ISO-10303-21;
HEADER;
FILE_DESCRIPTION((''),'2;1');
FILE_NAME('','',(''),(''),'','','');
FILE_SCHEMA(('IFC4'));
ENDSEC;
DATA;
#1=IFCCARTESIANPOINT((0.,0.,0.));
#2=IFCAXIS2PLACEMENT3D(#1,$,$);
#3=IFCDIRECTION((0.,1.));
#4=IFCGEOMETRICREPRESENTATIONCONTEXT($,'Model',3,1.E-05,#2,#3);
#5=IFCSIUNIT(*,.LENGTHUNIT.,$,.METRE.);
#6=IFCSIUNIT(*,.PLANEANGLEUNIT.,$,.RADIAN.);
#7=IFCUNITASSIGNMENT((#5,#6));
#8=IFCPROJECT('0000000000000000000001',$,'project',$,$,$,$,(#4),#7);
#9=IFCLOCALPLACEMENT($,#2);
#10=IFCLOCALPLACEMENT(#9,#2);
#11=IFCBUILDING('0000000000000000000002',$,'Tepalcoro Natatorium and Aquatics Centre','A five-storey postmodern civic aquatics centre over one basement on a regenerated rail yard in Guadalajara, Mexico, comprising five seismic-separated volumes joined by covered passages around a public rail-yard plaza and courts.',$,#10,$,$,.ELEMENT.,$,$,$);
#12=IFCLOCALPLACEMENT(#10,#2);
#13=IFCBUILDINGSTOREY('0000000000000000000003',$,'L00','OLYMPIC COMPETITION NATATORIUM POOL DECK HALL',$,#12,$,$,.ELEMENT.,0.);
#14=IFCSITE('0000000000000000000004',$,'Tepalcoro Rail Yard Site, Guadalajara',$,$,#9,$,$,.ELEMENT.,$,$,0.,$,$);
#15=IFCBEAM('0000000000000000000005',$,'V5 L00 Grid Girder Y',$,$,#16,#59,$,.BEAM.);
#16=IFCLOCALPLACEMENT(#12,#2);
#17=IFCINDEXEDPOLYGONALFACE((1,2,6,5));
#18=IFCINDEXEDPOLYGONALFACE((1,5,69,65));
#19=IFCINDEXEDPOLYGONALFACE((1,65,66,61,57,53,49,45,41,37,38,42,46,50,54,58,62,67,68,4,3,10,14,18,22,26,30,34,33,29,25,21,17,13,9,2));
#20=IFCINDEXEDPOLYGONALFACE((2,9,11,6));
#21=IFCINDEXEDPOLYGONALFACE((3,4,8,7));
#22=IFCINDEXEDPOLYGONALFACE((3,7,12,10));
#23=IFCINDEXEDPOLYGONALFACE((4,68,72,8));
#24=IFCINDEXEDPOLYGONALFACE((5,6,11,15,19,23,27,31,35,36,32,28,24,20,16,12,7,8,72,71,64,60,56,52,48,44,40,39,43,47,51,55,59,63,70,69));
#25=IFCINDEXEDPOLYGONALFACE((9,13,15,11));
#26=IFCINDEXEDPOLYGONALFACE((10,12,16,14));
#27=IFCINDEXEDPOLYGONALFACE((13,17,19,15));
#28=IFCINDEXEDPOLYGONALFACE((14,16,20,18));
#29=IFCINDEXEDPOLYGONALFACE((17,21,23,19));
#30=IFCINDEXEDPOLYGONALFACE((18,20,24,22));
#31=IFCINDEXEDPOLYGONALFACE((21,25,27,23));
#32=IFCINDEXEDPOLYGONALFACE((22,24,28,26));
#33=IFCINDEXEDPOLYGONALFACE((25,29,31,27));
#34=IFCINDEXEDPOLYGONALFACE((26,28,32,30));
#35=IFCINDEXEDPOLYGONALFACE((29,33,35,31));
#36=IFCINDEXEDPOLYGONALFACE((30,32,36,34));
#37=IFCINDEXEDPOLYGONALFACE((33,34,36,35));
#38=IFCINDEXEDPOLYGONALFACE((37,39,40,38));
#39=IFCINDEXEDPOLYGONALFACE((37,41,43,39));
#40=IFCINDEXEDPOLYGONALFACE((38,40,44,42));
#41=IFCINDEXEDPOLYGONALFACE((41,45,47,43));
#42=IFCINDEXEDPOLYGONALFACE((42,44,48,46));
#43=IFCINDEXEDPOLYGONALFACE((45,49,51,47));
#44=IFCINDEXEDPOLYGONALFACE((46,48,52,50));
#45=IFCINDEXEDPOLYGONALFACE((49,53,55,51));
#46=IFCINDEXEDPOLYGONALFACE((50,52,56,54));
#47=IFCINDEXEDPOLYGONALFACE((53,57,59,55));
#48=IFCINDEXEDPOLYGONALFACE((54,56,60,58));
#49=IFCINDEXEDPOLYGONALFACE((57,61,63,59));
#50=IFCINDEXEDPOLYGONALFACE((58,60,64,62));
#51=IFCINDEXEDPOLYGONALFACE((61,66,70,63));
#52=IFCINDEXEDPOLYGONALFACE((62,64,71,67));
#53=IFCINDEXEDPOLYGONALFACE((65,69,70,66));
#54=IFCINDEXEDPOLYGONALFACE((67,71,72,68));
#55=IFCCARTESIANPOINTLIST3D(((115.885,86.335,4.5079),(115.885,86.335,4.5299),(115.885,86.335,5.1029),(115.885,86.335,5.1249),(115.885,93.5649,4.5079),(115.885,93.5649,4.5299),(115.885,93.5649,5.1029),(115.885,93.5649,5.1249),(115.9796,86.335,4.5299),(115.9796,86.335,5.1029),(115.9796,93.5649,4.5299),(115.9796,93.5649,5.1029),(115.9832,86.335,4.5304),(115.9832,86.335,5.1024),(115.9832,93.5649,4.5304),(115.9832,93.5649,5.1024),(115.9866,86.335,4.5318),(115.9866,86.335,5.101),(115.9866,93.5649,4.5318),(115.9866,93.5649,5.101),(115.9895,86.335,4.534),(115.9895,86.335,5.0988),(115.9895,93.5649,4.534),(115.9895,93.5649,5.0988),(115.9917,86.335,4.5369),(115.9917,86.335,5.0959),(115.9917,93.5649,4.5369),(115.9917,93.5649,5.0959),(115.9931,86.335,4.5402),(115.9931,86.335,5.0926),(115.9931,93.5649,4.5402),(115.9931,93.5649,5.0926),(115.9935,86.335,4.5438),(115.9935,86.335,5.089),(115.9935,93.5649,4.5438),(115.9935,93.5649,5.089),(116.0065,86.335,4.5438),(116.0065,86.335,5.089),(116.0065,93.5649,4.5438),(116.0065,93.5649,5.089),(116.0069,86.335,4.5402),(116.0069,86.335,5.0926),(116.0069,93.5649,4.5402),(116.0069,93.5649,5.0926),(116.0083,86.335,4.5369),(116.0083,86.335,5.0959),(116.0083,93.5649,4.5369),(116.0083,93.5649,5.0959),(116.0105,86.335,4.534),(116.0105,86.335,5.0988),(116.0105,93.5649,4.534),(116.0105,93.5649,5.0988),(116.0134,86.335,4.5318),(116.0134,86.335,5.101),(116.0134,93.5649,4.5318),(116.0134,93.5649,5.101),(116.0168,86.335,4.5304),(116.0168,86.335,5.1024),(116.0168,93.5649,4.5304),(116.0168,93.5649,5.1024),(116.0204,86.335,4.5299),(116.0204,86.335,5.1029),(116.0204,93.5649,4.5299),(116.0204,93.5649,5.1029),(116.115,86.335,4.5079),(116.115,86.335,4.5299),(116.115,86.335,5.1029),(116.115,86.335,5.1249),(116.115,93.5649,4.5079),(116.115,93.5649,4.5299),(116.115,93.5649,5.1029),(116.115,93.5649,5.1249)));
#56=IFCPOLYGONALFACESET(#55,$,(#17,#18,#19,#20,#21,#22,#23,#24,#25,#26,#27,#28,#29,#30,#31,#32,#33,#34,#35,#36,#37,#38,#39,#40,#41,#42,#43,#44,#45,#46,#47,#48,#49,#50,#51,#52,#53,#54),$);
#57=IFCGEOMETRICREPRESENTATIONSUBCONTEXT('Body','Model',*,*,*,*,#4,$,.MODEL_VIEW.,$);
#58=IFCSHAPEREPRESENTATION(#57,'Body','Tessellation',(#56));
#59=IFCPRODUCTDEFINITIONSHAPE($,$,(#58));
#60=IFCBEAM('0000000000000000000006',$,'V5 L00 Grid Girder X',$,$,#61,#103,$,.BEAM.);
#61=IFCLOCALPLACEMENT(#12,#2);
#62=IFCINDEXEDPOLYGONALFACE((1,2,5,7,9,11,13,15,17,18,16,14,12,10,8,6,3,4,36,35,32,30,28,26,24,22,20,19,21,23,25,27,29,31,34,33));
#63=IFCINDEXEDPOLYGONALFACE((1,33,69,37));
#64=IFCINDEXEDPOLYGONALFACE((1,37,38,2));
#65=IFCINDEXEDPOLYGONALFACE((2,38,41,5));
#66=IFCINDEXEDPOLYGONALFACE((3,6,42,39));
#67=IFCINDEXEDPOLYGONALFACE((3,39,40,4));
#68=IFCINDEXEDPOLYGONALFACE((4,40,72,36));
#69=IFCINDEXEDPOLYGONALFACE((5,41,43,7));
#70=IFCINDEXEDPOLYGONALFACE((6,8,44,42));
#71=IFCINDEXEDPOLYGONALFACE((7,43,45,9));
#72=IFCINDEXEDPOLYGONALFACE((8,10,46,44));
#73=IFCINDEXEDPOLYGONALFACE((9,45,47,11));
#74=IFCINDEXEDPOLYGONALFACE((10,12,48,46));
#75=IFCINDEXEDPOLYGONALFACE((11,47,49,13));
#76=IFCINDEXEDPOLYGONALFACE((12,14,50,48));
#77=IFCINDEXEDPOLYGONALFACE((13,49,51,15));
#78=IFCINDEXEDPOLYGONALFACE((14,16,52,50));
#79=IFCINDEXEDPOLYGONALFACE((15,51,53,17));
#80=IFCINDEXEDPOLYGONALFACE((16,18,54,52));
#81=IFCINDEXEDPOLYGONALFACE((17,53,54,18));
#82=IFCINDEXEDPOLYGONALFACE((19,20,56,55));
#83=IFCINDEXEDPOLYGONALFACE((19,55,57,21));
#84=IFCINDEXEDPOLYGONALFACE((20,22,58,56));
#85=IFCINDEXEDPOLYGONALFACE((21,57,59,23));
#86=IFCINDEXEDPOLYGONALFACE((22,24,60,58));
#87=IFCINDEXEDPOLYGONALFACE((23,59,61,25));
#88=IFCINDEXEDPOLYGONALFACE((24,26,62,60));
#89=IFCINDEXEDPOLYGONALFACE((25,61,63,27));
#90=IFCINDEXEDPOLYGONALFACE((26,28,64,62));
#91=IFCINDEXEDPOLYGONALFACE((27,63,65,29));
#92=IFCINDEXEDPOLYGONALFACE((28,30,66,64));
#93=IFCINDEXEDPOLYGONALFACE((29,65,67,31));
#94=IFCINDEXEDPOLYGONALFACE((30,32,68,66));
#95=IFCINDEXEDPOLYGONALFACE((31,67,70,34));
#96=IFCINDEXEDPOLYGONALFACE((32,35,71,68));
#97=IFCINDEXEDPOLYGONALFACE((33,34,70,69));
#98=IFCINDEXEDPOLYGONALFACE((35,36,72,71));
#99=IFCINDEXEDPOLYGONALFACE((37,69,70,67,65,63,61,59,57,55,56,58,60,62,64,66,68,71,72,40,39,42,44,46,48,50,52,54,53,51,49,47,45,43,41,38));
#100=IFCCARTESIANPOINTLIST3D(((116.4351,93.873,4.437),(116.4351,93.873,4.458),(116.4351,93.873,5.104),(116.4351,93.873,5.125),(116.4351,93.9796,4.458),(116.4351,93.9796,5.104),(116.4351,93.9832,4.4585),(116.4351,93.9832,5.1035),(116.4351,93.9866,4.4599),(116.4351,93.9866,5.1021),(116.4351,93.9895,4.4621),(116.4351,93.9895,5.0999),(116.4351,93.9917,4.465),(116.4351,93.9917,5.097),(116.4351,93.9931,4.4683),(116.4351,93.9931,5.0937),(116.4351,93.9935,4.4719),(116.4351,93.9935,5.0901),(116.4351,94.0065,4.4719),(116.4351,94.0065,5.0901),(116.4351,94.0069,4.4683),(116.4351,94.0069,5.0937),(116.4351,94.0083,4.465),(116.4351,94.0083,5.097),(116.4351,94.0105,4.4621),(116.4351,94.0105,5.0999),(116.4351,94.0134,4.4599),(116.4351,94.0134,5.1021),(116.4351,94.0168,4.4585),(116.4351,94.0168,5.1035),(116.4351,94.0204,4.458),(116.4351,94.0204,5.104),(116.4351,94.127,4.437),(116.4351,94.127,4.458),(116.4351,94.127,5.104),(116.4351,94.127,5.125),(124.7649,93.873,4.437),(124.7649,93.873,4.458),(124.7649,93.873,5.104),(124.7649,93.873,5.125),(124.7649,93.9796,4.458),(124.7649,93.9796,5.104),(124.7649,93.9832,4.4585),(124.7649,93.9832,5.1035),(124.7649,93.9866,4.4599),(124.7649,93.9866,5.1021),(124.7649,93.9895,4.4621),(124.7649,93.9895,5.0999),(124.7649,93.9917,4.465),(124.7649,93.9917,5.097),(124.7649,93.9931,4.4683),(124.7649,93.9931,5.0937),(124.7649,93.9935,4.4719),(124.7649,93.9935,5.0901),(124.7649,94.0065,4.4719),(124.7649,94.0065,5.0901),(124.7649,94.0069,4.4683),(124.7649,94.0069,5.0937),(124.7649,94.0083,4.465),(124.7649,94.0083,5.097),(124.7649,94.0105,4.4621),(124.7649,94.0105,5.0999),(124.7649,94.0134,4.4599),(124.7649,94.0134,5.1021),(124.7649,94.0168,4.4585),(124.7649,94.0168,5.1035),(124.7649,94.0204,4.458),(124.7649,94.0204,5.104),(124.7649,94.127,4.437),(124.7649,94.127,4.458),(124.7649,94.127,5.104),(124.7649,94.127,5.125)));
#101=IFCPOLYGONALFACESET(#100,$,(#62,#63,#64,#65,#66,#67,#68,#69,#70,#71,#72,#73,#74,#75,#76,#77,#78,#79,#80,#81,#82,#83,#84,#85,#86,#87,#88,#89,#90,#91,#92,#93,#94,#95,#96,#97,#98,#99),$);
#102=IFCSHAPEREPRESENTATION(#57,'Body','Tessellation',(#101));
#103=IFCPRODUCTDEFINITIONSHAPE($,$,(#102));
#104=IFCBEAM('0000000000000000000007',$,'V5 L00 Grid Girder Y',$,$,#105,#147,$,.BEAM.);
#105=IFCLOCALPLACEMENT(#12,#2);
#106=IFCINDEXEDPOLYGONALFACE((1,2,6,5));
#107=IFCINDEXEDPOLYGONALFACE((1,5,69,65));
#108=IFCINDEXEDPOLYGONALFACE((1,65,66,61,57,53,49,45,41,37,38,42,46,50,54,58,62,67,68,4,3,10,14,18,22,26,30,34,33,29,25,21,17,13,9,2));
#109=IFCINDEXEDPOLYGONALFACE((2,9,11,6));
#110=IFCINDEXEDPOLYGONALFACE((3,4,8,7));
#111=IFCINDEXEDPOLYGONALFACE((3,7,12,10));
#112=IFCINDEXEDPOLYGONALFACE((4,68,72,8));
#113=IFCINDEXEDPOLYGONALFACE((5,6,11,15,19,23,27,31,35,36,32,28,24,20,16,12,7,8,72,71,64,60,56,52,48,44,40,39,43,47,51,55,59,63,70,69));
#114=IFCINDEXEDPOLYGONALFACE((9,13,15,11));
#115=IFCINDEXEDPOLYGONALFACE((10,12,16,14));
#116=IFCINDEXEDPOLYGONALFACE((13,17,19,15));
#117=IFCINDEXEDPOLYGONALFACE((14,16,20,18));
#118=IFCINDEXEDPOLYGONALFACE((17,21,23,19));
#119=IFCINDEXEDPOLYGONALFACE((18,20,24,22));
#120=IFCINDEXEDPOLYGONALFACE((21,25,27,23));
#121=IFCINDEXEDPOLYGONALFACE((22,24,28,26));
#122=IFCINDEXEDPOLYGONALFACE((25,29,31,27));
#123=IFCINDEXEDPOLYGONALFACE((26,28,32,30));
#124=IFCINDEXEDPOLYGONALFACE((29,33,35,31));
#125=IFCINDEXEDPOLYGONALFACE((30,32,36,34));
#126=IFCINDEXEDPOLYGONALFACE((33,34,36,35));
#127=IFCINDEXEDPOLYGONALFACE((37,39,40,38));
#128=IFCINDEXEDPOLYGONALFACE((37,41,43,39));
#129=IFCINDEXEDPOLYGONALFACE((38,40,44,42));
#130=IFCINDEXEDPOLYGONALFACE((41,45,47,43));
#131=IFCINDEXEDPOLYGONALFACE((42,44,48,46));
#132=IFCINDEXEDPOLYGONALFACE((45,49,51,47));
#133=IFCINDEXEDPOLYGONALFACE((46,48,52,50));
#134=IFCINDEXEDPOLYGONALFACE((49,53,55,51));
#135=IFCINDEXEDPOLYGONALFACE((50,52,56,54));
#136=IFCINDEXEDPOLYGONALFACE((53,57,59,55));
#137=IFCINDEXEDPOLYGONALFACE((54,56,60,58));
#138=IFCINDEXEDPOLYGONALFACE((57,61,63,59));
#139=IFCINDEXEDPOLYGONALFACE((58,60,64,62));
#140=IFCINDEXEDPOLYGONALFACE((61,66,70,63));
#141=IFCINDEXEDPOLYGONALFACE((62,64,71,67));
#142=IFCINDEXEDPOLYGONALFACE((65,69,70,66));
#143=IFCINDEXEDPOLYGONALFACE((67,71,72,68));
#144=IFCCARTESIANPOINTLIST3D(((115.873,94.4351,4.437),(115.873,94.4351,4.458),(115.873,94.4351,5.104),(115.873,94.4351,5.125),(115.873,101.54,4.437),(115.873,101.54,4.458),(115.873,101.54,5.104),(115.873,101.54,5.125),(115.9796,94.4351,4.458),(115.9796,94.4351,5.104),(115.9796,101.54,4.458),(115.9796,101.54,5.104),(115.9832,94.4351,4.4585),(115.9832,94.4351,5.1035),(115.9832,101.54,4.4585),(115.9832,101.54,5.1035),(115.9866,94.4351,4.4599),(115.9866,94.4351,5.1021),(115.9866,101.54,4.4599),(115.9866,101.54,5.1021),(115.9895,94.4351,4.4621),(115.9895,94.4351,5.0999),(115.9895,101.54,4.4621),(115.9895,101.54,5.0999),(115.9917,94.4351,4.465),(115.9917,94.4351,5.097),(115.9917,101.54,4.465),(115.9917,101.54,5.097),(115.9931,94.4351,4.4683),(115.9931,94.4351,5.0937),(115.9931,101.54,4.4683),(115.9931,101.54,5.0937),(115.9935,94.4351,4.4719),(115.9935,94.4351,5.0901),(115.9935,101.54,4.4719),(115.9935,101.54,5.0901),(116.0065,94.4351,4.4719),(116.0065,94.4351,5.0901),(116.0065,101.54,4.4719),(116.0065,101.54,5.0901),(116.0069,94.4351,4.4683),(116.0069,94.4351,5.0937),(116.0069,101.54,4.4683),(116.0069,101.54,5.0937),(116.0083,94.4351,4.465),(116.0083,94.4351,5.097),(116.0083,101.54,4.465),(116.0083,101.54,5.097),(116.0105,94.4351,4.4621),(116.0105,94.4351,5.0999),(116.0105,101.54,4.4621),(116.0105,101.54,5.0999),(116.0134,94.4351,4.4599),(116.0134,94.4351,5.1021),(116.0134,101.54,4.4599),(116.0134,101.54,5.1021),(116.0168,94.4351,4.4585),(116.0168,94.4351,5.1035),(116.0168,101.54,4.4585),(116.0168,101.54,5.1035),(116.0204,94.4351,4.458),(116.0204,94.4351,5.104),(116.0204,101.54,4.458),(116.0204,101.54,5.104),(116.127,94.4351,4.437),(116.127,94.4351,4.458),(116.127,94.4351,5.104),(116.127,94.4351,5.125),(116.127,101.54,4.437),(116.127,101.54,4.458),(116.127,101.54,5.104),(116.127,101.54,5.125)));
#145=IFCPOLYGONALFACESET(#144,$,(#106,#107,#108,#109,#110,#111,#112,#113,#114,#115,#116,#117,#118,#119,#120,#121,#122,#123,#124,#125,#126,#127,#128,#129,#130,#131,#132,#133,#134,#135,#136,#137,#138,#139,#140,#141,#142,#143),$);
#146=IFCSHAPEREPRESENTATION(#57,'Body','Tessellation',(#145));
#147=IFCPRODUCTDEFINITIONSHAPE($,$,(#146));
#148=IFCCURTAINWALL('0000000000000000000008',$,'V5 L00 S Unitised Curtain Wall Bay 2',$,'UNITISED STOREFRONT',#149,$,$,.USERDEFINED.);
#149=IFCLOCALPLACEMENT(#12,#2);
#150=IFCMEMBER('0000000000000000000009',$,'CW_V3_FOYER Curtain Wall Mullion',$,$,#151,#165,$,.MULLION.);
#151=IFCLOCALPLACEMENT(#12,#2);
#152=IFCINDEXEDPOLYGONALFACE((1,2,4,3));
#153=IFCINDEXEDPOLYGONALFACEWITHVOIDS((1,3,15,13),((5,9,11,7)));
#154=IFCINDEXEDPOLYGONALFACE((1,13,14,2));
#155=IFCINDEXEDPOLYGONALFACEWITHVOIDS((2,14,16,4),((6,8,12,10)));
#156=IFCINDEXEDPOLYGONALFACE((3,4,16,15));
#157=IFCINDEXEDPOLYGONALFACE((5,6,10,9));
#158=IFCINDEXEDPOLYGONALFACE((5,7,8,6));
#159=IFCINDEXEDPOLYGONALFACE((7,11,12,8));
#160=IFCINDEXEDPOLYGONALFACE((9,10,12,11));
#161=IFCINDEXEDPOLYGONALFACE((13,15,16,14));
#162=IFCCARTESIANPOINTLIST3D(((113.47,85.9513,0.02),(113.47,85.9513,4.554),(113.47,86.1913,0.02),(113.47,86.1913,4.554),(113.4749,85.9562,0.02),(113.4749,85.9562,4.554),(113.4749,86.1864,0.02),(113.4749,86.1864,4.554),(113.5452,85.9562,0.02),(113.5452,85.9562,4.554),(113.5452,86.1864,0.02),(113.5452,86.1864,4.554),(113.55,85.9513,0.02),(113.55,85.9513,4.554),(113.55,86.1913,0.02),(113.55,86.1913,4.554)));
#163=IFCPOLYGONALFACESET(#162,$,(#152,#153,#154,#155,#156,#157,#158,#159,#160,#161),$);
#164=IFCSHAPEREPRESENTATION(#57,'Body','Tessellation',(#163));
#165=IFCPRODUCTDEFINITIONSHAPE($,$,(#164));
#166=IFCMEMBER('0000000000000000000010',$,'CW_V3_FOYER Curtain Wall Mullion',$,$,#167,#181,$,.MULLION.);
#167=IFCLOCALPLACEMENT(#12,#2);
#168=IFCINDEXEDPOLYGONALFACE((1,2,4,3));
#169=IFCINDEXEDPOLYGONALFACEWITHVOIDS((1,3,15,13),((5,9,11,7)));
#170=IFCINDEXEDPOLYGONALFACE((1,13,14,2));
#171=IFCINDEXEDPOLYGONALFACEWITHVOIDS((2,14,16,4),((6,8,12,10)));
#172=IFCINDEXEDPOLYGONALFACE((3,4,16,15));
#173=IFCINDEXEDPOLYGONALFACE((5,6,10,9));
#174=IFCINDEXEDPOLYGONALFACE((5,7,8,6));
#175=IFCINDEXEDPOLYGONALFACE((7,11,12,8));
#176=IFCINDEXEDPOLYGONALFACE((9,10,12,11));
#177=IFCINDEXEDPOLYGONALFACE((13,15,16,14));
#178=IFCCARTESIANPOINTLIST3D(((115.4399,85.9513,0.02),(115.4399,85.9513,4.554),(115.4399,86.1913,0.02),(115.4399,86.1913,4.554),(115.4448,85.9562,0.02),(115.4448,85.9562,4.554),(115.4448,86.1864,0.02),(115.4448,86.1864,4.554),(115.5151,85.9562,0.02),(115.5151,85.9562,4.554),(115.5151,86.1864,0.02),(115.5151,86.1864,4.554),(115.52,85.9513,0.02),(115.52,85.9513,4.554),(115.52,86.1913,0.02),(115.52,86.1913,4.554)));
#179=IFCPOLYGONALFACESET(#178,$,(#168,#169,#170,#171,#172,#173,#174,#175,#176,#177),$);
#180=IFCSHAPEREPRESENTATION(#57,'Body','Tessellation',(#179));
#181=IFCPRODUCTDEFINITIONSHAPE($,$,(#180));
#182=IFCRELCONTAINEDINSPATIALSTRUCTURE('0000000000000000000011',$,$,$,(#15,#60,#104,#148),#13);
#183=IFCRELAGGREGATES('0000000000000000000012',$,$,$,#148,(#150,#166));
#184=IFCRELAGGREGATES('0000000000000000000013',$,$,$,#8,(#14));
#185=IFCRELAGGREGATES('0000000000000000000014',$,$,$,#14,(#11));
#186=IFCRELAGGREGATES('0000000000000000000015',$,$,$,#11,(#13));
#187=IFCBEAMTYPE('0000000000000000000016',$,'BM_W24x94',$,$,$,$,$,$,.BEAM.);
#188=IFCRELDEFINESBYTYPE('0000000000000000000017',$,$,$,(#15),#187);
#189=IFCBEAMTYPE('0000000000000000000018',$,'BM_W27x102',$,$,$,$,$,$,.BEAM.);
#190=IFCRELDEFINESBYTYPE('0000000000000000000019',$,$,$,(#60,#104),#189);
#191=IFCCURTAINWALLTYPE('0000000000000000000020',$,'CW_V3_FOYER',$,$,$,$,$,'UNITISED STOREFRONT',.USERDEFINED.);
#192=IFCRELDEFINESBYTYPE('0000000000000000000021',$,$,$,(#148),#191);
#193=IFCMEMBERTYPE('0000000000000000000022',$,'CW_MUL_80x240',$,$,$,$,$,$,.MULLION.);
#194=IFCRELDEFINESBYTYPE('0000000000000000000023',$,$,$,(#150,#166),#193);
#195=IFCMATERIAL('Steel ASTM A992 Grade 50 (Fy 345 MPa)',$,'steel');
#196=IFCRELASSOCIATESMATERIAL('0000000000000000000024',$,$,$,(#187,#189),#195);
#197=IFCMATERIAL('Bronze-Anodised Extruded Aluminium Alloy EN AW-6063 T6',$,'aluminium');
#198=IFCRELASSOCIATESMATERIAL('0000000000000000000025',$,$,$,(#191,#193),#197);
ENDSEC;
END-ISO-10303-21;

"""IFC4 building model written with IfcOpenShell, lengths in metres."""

from ifc_helpers import new_model, si_unit, direction, frame, origin, origin_2d, place, context, subcontext, project, spatial, hollow_rectangle, i_section, extrude, material, material_profile, profile_set, type_object, element, aggregate, save


model = new_model("IFC4")

# Units and contexts
model_context = context("Model", 3, precision=1e-05, world=origin(), true_north=direction((0.0, 1.0)))
body_context = subcontext(model_context, "Body", "Model", "MODEL_VIEW")
ifc_project = project(units=[si_unit("LENGTHUNIT", "METRE"), si_unit("PLANEANGLEUNIT", "RADIAN")], contexts=[model_context])

# Site, building, storey
site_placement = place(None, origin())
site = spatial("IfcSite", under=ifc_project, at=site_placement, Name="Tepalcoro Rail Yard Site, Guadalajara", CompositionType="ELEMENT", RefElevation=0.0)
building_placement = place(site_placement, origin())
building = spatial("IfcBuilding", under=site, at=building_placement, Name="Tepalcoro Natatorium and Aquatics Centre", Description="A five-storey postmodern civic aquatics centre over one basement on a regenerated rail yard in Guadalajara, Mexico, comprising five seismic-separated volumes joined by covered passages around a public rail-yard plaza and courts.", CompositionType="ELEMENT")
storey_placement = place(building_placement, origin())
storey = spatial("IfcBuildingStorey", under=building, at=storey_placement, Name="L00", Description="OLYMPIC COMPETITION NATATORIUM POOL DECK HALL", CompositionType="ELEMENT", Elevation=0.0)

# Shared definitions
ifc_material_1 = material(Name="Steel ASTM A992 Grade 50 (Fy 345 MPa)", Category="steel")

# Beams
ifc_material_profile_1 = material_profile(ifc_material_1, i_section(OverallWidth=0.23, OverallDepth=0.6169, WebThickness=0.0129, FlangeThickness=0.022, FilletRadius=0.0139, at=origin_2d()), Name="W24X94")
ifc_profile_set_1 = profile_set([ifc_material_profile_1], Name="Steel ASTM A992 Grade 50 (Fy 345 MPa)")
beam_type_1 = type_object("IfcBeamType", Name="BM_W24x94", PredefinedType="BEAM", material=ifc_profile_set_1)
beam_1_placement = place(storey_placement, frame((116.0, 86.335, 4.8164), z_axis=(0.0, 1.0, 0.0), x_axis=(-1.0, 0.0, 0.0)))
element("IfcBeam", 1, at=beam_1_placement, inside=storey, type_object=beam_type_1, Name="V5 L00 Grid Girder Y", PredefinedType="BEAM", context=body_context, shape_type="SweptSolid", body=[
    extrude(i_section(OverallWidth=0.23, OverallDepth=0.6169, WebThickness=0.0129, FlangeThickness=0.022, FilletRadius=0.0139, at=origin_2d()), origin(), (0.0, 0.0, 1.0), 7.23),
])
ifc_material_profile_2 = material_profile(ifc_material_1, i_section(OverallWidth=0.2539, OverallDepth=0.688, WebThickness=0.0129, FlangeThickness=0.021, FilletRadius=0.0139, at=origin_2d()), Name="W27X102")
ifc_profile_set_2 = profile_set([ifc_material_profile_2], Name="Steel ASTM A992 Grade 50 (Fy 345 MPa)")
beam_type_2 = type_object("IfcBeamType", Name="BM_W27x102", PredefinedType="BEAM", material=ifc_profile_set_2)
beam_2_placement = place(storey_placement, frame((116.4351, 94.0, 4.781), z_axis=(1.0, 0.0, 0.0), x_axis=(0.0, 1.0, 0.0)))
element("IfcBeam", 2, at=beam_2_placement, inside=storey, type_object=beam_type_2, Name="V5 L00 Grid Girder X", PredefinedType="BEAM", context=body_context, shape_type="SweptSolid", body=[
    extrude(i_section(OverallWidth=0.2539, OverallDepth=0.688, WebThickness=0.0129, FlangeThickness=0.021, FilletRadius=0.0139, at=origin_2d()), origin(), (0.0, 0.0, 1.0), 8.3298),
])
beam_3_placement = place(storey_placement, frame((116.0, 94.4351, 4.781), z_axis=(0.0, 1.0, 0.0), x_axis=(-1.0, 0.0, 0.0)))
element("IfcBeam", 3, at=beam_3_placement, inside=storey, type_object=beam_type_2, Name="V5 L00 Grid Girder Y", PredefinedType="BEAM", context=body_context, shape_type="SweptSolid", body=[
    extrude(i_section(OverallWidth=0.2539, OverallDepth=0.688, WebThickness=0.0129, FlangeThickness=0.021, FilletRadius=0.0139, at=origin_2d()), origin(), (0.0, 0.0, 1.0), 7.105),
])

# Curtain wall, members
ifc_material_2 = material(Name="Bronze-Anodised Extruded Aluminium Alloy EN AW-6063 T6", Category="aluminium")
curtain_wall_type_1 = type_object("IfcCurtainWallType", Name="CW_V3_FOYER", ElementType="UNITISED STOREFRONT", PredefinedType="USERDEFINED", material=ifc_material_2)
curtain_wall_1_placement = place(storey_placement, origin())
curtain_wall_1 = element("IfcCurtainWall", 4, at=curtain_wall_1_placement, inside=storey, type_object=curtain_wall_type_1, Name="V5 L00 S Unitised Curtain Wall Bay 2", ObjectType="UNITISED STOREFRONT", PredefinedType="USERDEFINED")
ifc_material_profile_3 = material_profile(ifc_material_2, hollow_rectangle(XDim=0.0801, YDim=0.24, WallThickness=0.0049, at=origin_2d()), Name="AL80X240X5")
ifc_profile_set_3 = profile_set([ifc_material_profile_3], Name="Bronze-Anodised Extruded Aluminium Alloy EN AW-6063 T6")
member_type = type_object("IfcMemberType", Name="CW_MUL_80x240", PredefinedType="MULLION", material=ifc_profile_set_3)
member_1_placement = place(storey_placement, frame((113.51, 86.0713, 0.02), z_axis=(0.0, 0.0, 1.0), x_axis=(1.0, 0.0, 0.0)))
member_1 = element("IfcMember", 5, at=member_1_placement, type_object=member_type, Name="CW_V3_FOYER Curtain Wall Mullion", PredefinedType="MULLION", context=body_context, shape_type="SweptSolid", body=[
    extrude(hollow_rectangle(XDim=0.0801, YDim=0.24, WallThickness=0.0049, at=origin_2d()), origin(), (0.0, 0.0, 1.0), 4.5339),
])
member_2_placement = place(storey_placement, frame((115.48, 86.0713, 0.02), z_axis=(0.0, 0.0, 1.0), x_axis=(1.0, 0.0, 0.0)))
member_2 = element("IfcMember", 6, at=member_2_placement, type_object=member_type, Name="CW_V3_FOYER Curtain Wall Mullion", PredefinedType="MULLION", context=body_context, shape_type="SweptSolid", body=[
    extrude(hollow_rectangle(XDim=0.0801, YDim=0.24, WallThickness=0.0049, at=origin_2d()), origin(), (0.0, 0.0, 1.0), 4.5339),
])

aggregate(curtain_wall_1, [member_1, member_2])

save(model, "model.ifc")
